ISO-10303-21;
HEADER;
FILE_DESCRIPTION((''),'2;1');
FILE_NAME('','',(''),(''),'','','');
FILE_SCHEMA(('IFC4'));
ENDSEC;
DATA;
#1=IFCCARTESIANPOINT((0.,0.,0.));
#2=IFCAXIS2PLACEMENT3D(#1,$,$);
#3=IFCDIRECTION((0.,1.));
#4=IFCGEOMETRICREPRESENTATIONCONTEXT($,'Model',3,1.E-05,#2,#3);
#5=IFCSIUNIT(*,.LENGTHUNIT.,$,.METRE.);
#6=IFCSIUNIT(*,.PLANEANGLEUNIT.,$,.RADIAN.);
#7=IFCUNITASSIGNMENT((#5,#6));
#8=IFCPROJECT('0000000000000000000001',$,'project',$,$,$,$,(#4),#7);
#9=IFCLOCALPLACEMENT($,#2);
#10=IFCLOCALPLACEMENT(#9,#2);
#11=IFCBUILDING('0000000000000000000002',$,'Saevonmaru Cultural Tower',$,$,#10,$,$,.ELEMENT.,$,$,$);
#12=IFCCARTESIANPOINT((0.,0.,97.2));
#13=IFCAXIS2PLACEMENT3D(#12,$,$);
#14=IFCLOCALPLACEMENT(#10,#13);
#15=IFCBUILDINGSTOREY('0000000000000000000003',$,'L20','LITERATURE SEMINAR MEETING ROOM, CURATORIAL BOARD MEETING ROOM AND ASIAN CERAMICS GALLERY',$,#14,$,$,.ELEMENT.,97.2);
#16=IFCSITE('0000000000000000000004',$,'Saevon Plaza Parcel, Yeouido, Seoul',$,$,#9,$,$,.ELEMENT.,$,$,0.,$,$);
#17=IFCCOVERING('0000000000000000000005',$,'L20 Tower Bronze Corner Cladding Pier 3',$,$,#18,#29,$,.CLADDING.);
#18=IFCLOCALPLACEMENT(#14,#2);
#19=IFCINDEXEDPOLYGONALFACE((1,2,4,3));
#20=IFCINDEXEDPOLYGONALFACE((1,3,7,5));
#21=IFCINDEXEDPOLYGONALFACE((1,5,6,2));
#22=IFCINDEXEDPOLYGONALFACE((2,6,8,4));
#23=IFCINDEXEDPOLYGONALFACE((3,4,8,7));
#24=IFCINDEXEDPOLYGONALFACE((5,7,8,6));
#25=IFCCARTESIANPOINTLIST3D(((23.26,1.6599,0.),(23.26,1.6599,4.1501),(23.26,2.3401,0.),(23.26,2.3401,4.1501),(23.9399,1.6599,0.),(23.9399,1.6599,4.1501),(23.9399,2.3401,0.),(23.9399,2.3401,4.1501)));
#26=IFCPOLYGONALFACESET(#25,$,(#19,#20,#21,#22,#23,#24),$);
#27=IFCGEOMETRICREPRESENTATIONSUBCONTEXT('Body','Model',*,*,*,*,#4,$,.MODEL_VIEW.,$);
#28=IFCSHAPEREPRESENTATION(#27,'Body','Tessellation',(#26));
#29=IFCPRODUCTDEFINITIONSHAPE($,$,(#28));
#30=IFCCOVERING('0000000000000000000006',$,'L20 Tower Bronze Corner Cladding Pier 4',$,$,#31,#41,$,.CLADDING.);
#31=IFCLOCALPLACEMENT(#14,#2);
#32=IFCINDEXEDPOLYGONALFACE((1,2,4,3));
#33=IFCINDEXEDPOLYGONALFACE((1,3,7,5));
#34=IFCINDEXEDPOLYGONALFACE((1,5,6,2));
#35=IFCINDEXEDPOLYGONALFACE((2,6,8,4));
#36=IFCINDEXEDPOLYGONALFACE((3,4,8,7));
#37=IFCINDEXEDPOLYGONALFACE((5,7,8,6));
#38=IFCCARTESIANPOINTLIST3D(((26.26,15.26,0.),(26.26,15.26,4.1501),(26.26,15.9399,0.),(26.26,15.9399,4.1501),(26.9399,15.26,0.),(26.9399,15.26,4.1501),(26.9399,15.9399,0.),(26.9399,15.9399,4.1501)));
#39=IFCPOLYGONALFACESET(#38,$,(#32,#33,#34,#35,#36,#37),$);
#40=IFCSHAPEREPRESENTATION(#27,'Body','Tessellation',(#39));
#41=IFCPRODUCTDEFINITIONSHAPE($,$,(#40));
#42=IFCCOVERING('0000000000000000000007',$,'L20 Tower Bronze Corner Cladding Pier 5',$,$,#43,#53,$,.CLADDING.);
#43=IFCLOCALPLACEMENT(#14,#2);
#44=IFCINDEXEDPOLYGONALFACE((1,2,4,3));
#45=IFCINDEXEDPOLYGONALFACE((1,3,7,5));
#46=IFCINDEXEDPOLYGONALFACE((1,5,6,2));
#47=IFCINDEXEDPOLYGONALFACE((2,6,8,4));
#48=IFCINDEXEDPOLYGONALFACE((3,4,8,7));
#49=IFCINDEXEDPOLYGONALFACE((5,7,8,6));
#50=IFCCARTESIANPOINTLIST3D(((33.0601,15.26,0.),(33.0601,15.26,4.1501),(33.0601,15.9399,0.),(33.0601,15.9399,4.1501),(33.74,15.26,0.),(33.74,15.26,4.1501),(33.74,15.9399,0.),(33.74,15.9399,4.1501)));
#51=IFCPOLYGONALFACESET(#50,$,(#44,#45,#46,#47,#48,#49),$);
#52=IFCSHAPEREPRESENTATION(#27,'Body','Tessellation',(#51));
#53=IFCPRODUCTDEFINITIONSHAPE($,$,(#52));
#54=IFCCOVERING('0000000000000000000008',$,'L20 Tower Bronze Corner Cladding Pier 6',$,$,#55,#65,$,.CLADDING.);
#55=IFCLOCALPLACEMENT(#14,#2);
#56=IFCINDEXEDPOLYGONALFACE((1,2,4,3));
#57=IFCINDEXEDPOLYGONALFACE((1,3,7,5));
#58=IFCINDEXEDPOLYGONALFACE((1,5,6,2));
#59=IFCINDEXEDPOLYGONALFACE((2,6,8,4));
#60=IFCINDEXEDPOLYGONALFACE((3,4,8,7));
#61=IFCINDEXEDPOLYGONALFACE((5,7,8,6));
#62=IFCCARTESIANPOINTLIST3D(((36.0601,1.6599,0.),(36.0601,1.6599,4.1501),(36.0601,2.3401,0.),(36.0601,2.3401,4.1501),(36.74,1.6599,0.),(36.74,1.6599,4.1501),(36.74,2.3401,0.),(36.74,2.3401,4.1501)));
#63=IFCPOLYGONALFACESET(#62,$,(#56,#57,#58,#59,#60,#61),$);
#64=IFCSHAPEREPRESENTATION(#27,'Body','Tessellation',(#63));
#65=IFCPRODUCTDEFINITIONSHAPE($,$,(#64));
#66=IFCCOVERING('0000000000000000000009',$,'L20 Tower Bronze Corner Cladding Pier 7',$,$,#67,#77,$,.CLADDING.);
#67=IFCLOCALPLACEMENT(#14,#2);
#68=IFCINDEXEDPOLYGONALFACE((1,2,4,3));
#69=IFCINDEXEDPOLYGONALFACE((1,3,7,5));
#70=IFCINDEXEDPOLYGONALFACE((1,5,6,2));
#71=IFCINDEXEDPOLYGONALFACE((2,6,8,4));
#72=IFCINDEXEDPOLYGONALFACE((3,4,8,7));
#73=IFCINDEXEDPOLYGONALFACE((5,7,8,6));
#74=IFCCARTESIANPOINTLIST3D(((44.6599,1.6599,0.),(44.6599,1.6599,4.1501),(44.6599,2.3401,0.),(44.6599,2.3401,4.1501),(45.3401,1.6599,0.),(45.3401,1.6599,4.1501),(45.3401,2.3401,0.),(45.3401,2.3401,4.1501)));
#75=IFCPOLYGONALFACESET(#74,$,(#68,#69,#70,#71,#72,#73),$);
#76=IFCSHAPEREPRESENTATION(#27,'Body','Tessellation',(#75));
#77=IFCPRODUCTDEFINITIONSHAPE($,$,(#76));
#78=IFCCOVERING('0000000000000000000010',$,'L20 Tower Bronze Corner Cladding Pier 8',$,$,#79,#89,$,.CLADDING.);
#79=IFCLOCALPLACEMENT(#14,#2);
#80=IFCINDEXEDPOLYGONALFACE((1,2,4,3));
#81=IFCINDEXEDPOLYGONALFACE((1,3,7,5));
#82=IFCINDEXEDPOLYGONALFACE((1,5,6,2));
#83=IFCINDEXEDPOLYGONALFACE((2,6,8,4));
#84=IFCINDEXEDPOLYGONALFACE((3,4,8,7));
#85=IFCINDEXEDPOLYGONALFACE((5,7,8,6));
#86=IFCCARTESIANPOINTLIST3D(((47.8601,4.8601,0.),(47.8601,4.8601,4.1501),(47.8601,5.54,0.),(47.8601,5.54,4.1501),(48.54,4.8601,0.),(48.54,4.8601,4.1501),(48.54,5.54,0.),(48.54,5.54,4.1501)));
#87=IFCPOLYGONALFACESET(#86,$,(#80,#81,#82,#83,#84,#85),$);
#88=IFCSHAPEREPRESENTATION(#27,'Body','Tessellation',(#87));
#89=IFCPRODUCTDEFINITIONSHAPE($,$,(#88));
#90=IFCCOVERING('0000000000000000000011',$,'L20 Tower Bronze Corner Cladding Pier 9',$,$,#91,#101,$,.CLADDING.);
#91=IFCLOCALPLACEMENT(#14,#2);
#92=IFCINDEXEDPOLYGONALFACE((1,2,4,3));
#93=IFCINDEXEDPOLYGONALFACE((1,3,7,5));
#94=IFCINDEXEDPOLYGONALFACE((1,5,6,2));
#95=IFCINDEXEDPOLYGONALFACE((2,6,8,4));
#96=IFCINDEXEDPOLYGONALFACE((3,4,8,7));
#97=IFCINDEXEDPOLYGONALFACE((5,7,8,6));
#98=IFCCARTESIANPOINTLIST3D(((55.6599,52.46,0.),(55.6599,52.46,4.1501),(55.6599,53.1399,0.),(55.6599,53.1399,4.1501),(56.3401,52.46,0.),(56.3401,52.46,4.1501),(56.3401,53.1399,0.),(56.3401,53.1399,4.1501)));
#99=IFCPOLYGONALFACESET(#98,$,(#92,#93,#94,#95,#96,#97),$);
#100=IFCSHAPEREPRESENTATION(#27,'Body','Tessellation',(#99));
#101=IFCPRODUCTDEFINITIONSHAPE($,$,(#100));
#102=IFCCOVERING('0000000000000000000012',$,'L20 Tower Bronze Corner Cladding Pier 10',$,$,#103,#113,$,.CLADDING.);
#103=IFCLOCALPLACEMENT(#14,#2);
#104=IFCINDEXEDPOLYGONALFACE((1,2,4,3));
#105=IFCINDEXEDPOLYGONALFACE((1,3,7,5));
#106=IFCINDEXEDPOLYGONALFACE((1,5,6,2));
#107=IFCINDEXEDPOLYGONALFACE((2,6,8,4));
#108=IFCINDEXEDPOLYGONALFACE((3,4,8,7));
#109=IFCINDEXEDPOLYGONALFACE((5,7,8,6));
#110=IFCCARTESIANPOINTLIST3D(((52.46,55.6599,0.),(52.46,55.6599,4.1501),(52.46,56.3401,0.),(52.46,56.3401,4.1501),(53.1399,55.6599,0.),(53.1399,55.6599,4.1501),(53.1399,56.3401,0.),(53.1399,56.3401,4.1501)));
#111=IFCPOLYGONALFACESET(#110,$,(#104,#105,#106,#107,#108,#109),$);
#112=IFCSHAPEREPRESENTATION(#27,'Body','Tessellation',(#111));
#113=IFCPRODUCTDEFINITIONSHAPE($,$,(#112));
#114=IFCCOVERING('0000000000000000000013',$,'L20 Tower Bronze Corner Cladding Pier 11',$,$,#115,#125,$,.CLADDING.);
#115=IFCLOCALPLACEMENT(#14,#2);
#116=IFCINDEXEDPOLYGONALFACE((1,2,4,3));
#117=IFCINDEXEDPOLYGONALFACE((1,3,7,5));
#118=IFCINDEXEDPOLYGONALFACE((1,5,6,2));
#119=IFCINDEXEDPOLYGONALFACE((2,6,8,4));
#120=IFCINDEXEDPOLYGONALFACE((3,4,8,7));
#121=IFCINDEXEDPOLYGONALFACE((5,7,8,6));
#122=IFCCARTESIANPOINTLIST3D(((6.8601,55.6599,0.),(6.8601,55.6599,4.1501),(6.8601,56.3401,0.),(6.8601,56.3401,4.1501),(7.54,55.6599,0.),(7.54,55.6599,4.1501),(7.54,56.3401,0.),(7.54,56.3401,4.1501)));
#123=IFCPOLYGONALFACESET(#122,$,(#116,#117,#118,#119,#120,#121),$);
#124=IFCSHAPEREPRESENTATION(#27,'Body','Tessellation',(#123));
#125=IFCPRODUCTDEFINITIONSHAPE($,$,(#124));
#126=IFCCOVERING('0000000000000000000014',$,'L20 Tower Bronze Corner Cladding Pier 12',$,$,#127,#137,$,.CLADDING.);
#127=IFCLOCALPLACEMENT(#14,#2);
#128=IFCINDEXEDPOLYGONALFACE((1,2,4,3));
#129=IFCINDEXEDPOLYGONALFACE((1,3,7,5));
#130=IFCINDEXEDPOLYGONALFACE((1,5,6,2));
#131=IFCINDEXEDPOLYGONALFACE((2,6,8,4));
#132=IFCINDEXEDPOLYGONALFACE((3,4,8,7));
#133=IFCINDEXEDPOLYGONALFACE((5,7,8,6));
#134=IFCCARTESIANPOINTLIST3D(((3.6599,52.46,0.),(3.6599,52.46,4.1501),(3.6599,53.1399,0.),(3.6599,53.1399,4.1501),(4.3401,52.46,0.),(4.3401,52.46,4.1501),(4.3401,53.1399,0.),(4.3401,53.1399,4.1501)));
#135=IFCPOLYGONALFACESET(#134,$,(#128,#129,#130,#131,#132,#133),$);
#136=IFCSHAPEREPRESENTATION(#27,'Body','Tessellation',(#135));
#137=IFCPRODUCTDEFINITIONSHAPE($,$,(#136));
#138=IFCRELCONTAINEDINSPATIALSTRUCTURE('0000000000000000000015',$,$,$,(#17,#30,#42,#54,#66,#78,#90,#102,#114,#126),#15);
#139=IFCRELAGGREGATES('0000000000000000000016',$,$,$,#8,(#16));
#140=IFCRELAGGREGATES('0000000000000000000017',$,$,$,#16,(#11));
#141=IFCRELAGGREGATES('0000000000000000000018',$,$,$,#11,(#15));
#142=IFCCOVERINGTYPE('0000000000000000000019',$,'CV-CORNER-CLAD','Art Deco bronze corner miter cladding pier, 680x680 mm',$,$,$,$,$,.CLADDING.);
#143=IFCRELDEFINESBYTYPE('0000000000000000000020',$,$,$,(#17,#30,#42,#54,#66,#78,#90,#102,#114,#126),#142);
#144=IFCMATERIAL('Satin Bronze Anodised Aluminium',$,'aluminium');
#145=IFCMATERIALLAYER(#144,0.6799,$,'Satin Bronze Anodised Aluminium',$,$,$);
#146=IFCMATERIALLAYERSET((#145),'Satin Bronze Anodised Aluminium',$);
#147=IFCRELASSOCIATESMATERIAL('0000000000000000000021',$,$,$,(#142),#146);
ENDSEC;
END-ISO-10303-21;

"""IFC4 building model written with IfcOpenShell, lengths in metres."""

from ifc_helpers import new_model, si_unit, direction, frame, origin, place, context, subcontext, project, spatial, polyline, outline, extrude, material, layer, layer_set, type_object, element, save


model = new_model("IFC4")

# Units and contexts
model_context = context("Model", 3, precision=1e-05, world=origin(), true_north=direction((0.0, 1.0)))
body_context = subcontext(model_context, "Body", "Model", "MODEL_VIEW")
ifc_project = project(units=[si_unit("LENGTHUNIT", "METRE"), si_unit("PLANEANGLEUNIT", "RADIAN")], contexts=[model_context])

# Site, building, storey
site_placement = place(None, origin())
site = spatial("IfcSite", under=ifc_project, at=site_placement, Name="Saevon Plaza Parcel, Yeouido, Seoul", CompositionType="ELEMENT", RefElevation=0.0)
building_placement = place(site_placement, origin())
building = spatial("IfcBuilding", under=site, at=building_placement, Name="Saevonmaru Cultural Tower", CompositionType="ELEMENT")
storey_placement = place(building_placement, frame((0.0, 0.0, 97.2)))
storey = spatial("IfcBuildingStorey", under=building, at=storey_placement, Name="L20", Description="LITERATURE SEMINAR MEETING ROOM, CURATORIAL BOARD MEETING ROOM AND ASIAN CERAMICS GALLERY", CompositionType="ELEMENT", Elevation=97.2)

# Shared definitions
ifc_material_1 = material(Name="Satin Bronze Anodised Aluminium", Category="aluminium")

# Coverings
ifc_layer_1 = layer(ifc_material_1, 0.6799, Name="Satin Bronze Anodised Aluminium")
ifc_layer_set_1 = layer_set([ifc_layer_1], Name="Satin Bronze Anodised Aluminium")
covering_type = type_object("IfcCoveringType", Name="CV-CORNER-CLAD", Description="Art Deco bronze corner miter cladding pier, 680x680 mm", PredefinedType="CLADDING", material=ifc_layer_set_1)
covering_1_placement = place(storey_placement, origin())
element("IfcCovering", 1, at=covering_1_placement, inside=storey, type_object=covering_type, Name="L20 Tower Bronze Corner Cladding Pier 3", PredefinedType="CLADDING", context=body_context, shape_type="SweptSolid", body=[
    extrude(outline(polyline([(23.26, 1.6599), (23.9399, 1.6599), (23.9399, 2.3401), (23.26, 2.3401), (23.26, 1.6599)])), origin(), (0.0, 0.0, 1.0), 4.1501),
])
covering_2_placement = place(storey_placement, origin())
element("IfcCovering", 2, at=covering_2_placement, inside=storey, type_object=covering_type, Name="L20 Tower Bronze Corner Cladding Pier 4", PredefinedType="CLADDING", context=body_context, shape_type="SweptSolid", body=[
    extrude(outline(polyline([(26.26, 15.26), (26.9399, 15.26), (26.9399, 15.9399), (26.26, 15.9399), (26.26, 15.26)])), origin(), (0.0, 0.0, 1.0), 4.1501),
])
covering_3_placement = place(storey_placement, origin())
element("IfcCovering", 3, at=covering_3_placement, inside=storey, type_object=covering_type, Name="L20 Tower Bronze Corner Cladding Pier 5", PredefinedType="CLADDING", context=body_context, shape_type="SweptSolid", body=[
    extrude(outline(polyline([(33.0601, 15.26), (33.74, 15.26), (33.74, 15.9399), (33.0601, 15.9399), (33.0601, 15.26)])), origin(), (0.0, 0.0, 1.0), 4.1501),
])
covering_4_placement = place(storey_placement, origin())
element("IfcCovering", 4, at=covering_4_placement, inside=storey, type_object=covering_type, Name="L20 Tower Bronze Corner Cladding Pier 6", PredefinedType="CLADDING", context=body_context, shape_type="SweptSolid", body=[
    extrude(outline(polyline([(36.0601, 1.6599), (36.74, 1.6599), (36.74, 2.3401), (36.0601, 2.3401), (36.0601, 1.6599)])), origin(), (0.0, 0.0, 1.0), 4.1501),
])
covering_5_placement = place(storey_placement, origin())
element("IfcCovering", 5, at=covering_5_placement, inside=storey, type_object=covering_type, Name="L20 Tower Bronze Corner Cladding Pier 7", PredefinedType="CLADDING", context=body_context, shape_type="SweptSolid", body=[
    extrude(outline(polyline([(44.6599, 1.6599), (45.3401, 1.6599), (45.3401, 2.3401), (44.6599, 2.3401), (44.6599, 1.6599)])), origin(), (0.0, 0.0, 1.0), 4.1501),
])
covering_6_placement = place(storey_placement, origin())
element("IfcCovering", 6, at=covering_6_placement, inside=storey, type_object=covering_type, Name="L20 Tower Bronze Corner Cladding Pier 8", PredefinedType="CLADDING", context=body_context, shape_type="SweptSolid", body=[
    extrude(outline(polyline([(47.8601, 4.8601), (48.54, 4.8601), (48.54, 5.54), (47.8601, 5.54), (47.8601, 4.8601)])), origin(), (0.0, 0.0, 1.0), 4.1501),
])
covering_7_placement = place(storey_placement, origin())
element("IfcCovering", 7, at=covering_7_placement, inside=storey, type_object=covering_type, Name="L20 Tower Bronze Corner Cladding Pier 9", PredefinedType="CLADDING", context=body_context, shape_type="SweptSolid", body=[
    extrude(outline(polyline([(55.6599, 52.46), (56.3401, 52.46), (56.3401, 53.1399), (55.6599, 53.1399), (55.6599, 52.46)])), origin(), (0.0, 0.0, 1.0), 4.1501),
])
covering_8_placement = place(storey_placement, origin())
element("IfcCovering", 8, at=covering_8_placement, inside=storey, type_object=covering_type, Name="L20 Tower Bronze Corner Cladding Pier 10", PredefinedType="CLADDING", context=body_context, shape_type="SweptSolid", body=[
    extrude(outline(polyline([(52.46, 55.6599), (53.1399, 55.6599), (53.1399, 56.3401), (52.46, 56.3401), (52.46, 55.6599)])), origin(), (0.0, 0.0, 1.0), 4.1501),
])
covering_9_placement = place(storey_placement, origin())
element("IfcCovering", 9, at=covering_9_placement, inside=storey, type_object=covering_type, Name="L20 Tower Bronze Corner Cladding Pier 11", PredefinedType="CLADDING", context=body_context, shape_type="SweptSolid", body=[
    extrude(outline(polyline([(6.8601, 55.6599), (7.54, 55.6599), (7.54, 56.3401), (6.8601, 56.3401), (6.8601, 55.6599)])), origin(), (0.0, 0.0, 1.0), 4.1501),
])
covering_10_placement = place(storey_placement, origin())
element("IfcCovering", 10, at=covering_10_placement, inside=storey, type_object=covering_type, Name="L20 Tower Bronze Corner Cladding Pier 12", PredefinedType="CLADDING", context=body_context, shape_type="SweptSolid", body=[
    extrude(outline(polyline([(3.6599, 52.46), (4.3401, 52.46), (4.3401, 53.1399), (3.6599, 53.1399), (3.6599, 52.46)])), origin(), (0.0, 0.0, 1.0), 4.1501),
])

save(model, "model.ifc")
